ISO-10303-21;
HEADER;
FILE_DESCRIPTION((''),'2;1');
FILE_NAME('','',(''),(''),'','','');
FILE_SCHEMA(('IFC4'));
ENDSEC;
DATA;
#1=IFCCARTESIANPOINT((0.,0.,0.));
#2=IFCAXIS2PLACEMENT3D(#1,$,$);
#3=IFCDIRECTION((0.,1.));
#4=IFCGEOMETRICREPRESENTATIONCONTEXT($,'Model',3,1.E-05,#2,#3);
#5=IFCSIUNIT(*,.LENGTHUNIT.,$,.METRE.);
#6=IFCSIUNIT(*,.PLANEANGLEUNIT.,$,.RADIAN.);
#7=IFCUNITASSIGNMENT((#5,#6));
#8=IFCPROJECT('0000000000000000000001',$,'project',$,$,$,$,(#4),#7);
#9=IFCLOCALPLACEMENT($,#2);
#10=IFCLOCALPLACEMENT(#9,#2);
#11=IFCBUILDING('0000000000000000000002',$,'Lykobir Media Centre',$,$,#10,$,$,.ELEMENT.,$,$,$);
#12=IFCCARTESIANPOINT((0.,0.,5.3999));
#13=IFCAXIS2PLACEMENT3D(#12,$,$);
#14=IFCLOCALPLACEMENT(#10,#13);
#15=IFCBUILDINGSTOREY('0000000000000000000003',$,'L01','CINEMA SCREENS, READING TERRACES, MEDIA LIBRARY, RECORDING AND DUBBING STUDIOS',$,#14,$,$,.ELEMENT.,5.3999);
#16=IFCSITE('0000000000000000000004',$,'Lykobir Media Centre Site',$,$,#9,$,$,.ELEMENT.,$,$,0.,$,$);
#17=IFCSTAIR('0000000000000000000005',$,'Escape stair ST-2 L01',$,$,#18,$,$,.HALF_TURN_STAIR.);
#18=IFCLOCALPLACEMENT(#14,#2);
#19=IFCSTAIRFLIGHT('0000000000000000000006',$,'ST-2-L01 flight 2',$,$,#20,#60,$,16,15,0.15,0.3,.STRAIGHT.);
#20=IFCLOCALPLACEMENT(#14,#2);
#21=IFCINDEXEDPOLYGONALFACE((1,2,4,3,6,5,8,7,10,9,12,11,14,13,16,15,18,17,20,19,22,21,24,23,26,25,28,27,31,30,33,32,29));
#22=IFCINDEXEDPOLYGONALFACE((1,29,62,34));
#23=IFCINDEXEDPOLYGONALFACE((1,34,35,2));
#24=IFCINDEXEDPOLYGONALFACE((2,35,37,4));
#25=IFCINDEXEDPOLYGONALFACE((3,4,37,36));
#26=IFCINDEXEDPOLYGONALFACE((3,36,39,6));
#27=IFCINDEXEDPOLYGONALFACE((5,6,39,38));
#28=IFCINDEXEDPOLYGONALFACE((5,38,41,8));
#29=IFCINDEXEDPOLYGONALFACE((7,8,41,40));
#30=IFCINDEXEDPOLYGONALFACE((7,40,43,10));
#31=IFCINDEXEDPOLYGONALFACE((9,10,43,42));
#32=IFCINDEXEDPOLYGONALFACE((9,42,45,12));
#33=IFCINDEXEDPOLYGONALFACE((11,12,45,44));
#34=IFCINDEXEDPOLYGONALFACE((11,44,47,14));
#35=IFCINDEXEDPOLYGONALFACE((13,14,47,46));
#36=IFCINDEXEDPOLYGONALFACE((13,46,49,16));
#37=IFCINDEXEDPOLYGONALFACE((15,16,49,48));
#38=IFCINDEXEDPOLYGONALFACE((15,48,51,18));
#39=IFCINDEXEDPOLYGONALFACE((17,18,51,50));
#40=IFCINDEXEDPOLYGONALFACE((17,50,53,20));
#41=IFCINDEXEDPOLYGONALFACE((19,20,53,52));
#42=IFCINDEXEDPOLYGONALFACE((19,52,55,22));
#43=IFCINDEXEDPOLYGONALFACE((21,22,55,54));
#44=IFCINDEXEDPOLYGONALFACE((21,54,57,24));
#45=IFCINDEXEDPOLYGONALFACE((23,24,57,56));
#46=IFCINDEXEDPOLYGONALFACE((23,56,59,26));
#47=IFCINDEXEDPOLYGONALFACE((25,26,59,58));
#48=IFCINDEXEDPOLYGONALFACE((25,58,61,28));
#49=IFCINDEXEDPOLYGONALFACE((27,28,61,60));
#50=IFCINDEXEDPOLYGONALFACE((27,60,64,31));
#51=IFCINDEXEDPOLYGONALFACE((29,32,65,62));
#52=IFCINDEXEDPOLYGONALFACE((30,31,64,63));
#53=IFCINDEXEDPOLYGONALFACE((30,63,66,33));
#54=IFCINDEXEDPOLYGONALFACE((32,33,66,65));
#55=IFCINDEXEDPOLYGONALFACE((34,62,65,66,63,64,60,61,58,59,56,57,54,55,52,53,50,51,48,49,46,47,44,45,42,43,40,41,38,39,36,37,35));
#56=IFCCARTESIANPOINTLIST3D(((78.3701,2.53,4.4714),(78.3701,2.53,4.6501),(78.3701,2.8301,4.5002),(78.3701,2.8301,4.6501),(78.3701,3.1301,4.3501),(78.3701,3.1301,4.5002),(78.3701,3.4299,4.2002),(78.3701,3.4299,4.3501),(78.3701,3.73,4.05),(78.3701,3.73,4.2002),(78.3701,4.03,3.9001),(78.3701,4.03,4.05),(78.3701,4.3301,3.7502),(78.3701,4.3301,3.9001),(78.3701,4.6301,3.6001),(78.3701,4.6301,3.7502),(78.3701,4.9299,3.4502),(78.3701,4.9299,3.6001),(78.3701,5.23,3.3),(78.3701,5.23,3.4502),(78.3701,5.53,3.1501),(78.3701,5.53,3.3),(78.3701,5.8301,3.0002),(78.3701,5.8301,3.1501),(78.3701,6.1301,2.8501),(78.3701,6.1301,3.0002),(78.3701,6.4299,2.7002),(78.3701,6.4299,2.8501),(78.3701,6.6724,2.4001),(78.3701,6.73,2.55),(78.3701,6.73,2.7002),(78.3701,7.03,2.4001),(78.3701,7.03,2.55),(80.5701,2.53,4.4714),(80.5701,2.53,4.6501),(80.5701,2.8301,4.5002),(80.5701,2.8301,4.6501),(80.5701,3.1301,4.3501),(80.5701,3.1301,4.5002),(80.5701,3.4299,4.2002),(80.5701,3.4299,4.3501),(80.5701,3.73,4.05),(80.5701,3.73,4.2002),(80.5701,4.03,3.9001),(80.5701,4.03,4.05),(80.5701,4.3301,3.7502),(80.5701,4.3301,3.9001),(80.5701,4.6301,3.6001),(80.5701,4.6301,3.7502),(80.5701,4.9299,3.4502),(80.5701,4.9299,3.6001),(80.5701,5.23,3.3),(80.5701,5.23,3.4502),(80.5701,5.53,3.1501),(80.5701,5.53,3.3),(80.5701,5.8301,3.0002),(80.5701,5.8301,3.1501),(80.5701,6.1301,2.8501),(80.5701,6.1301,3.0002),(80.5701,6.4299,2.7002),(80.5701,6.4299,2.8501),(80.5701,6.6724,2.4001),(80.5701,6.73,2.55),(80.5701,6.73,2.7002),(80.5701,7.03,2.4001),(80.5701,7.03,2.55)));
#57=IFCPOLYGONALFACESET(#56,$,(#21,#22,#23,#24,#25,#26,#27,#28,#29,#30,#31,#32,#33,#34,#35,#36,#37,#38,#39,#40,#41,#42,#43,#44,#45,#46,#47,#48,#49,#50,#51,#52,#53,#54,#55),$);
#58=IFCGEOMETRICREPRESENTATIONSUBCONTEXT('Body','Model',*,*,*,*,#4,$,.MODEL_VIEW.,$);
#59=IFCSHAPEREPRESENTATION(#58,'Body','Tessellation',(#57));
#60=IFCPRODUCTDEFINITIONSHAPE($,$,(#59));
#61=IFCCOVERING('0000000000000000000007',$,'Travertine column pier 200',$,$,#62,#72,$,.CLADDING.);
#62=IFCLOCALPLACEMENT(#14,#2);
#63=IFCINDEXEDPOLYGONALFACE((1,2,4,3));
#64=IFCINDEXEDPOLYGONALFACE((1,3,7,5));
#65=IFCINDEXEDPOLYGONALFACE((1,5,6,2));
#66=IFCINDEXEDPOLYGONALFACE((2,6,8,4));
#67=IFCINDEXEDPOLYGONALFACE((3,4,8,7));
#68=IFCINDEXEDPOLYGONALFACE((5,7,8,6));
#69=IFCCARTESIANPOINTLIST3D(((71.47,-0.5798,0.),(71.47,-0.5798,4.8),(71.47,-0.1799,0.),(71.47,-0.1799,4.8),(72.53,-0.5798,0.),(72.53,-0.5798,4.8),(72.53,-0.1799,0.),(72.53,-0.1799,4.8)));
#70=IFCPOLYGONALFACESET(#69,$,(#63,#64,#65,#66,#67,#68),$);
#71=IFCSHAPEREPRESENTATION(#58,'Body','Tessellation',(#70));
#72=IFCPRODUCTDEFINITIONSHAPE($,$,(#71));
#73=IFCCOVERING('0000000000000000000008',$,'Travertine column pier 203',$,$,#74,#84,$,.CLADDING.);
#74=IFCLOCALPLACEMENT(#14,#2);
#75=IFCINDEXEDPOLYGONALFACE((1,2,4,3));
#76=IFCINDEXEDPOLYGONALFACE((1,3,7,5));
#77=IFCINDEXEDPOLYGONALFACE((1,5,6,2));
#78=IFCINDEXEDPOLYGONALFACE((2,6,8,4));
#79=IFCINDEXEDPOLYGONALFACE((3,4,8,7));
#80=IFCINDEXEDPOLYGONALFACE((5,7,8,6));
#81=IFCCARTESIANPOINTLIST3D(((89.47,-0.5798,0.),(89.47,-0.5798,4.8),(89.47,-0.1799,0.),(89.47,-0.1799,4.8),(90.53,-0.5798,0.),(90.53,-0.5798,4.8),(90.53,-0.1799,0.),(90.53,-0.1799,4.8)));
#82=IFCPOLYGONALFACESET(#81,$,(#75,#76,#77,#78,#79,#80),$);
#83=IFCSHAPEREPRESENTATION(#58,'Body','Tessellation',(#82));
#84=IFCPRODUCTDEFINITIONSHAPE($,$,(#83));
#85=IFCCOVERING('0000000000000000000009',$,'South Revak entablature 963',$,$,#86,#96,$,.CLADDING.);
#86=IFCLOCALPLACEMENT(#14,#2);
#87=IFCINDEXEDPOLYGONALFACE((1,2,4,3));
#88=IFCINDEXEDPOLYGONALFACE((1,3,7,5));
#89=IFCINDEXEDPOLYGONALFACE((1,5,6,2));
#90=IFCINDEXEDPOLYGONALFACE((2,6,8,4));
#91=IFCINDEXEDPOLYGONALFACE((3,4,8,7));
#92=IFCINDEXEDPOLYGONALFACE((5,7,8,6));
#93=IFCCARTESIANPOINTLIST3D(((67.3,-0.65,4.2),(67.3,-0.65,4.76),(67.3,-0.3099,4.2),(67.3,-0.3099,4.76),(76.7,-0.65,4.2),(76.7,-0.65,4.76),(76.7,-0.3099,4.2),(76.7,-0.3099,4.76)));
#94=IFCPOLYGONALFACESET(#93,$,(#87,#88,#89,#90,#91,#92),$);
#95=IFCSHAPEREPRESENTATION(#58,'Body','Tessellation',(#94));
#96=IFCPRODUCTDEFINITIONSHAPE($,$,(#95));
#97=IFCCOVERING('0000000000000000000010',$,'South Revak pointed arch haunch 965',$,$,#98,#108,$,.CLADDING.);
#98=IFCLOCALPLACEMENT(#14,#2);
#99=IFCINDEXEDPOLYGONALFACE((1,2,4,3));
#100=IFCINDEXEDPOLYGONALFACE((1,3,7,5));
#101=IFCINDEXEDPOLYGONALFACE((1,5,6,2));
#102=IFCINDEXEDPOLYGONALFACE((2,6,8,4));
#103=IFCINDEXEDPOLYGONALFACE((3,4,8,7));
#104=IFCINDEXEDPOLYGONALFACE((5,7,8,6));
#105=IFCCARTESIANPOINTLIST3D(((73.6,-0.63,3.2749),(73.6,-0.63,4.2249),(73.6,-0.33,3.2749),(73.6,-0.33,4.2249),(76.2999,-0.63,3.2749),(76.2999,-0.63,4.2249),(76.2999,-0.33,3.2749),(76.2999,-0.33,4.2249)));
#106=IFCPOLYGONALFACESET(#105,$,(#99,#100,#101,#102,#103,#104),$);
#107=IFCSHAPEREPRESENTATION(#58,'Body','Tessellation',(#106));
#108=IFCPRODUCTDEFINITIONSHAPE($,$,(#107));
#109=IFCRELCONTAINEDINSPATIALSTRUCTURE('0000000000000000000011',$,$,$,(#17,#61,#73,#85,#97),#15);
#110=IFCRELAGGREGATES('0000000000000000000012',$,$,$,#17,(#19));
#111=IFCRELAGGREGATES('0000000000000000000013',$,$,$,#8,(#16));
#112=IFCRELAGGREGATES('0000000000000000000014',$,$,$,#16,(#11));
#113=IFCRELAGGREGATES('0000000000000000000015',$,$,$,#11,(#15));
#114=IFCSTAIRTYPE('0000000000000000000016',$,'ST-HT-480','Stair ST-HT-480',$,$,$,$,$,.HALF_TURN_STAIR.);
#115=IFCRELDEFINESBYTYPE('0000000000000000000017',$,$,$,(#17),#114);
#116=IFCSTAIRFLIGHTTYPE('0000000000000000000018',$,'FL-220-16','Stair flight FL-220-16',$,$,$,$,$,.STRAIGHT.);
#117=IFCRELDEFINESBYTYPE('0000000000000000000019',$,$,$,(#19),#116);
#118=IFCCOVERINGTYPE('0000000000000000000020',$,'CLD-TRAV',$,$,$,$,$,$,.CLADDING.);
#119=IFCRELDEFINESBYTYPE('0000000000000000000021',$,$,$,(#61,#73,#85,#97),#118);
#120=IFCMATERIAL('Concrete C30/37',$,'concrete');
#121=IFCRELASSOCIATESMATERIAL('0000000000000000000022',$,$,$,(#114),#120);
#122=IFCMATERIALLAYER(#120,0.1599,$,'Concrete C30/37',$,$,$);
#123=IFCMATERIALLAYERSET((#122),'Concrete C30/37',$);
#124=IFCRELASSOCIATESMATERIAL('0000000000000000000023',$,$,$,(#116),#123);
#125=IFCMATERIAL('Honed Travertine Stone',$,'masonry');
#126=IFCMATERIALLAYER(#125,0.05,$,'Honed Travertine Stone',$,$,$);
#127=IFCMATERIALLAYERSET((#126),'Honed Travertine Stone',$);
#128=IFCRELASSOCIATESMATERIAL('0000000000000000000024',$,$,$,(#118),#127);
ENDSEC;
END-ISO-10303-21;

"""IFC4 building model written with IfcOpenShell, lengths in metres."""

from ifc_helpers import new_model, si_unit, direction, frame, origin, origin_2d, place, context, subcontext, project, spatial, polyline, rectangle, outline, extrude, material, layer, layer_set, type_object, element, aggregate, save


model = new_model("IFC4")

# Units and contexts
model_context = context("Model", 3, precision=1e-05, world=origin(), true_north=direction((0.0, 1.0)))
body_context = subcontext(model_context, "Body", "Model", "MODEL_VIEW")
ifc_project = project(units=[si_unit("LENGTHUNIT", "METRE"), si_unit("PLANEANGLEUNIT", "RADIAN")], contexts=[model_context])

# Site, building, storey
site_placement = place(None, origin())
site = spatial("IfcSite", under=ifc_project, at=site_placement, Name="Lykobir Media Centre Site", CompositionType="ELEMENT", RefElevation=0.0)
building_placement = place(site_placement, origin())
building = spatial("IfcBuilding", under=site, at=building_placement, Name="Lykobir Media Centre", CompositionType="ELEMENT")
storey_placement = place(building_placement, frame((0.0, 0.0, 5.3999)))
storey = spatial("IfcBuildingStorey", under=building, at=storey_placement, Name="L01", Description="CINEMA SCREENS, READING TERRACES, MEDIA LIBRARY, RECORDING AND DUBBING STUDIOS", CompositionType="ELEMENT", Elevation=5.3999)

# Shared definitions
ifc_material_1 = material(Name="Honed Travertine Stone", Category="masonry")

# Shared definitions
ifc_material_2 = material(Name="Concrete C30/37", Category="concrete")

# Stair, stair flight
stair_type = type_object("IfcStairType", Name="ST-HT-480", Description="Stair ST-HT-480", PredefinedType="HALF_TURN_STAIR", material=ifc_material_2)
stair_placement = place(storey_placement, origin())
stair = element("IfcStair", 1, at=stair_placement, inside=storey, type_object=stair_type, Name="Escape stair ST-2 L01", PredefinedType="HALF_TURN_STAIR")
ifc_layer_1 = layer(ifc_material_2, 0.1599, Name="Concrete C30/37")
ifc_layer_set_1 = layer_set([ifc_layer_1], Name="Concrete C30/37")
stair_flight_type = type_object("IfcStairFlightType", Name="FL-220-16", Description="Stair flight FL-220-16", PredefinedType="STRAIGHT", material=ifc_layer_set_1)
stair_flight_1_placement = place(storey_placement, frame((79.47, 7.03, 2.4001), z_axis=(0.0, 0.0, 1.0), x_axis=(0.0, -1.0, 0.0)))
stair_flight_1 = element("IfcStairFlight", 2, at=stair_flight_1_placement, type_object=stair_flight_type, Name="ST-2-L01 flight 2", NumberOfRisers=16, NumberOfTreads=15, PredefinedType="STRAIGHT", RiserHeight=0.15, TreadLength=0.3, context=body_context, shape_type="SweptSolid", body=[
    extrude(outline(polyline([(0.0, 0.0), (0.0, 0.1499), (0.3, 0.1499), (0.3, 0.3), (0.6001, 0.3), (0.6001, 0.45), (0.8999, 0.45), (0.8999, 0.6001), (1.2, 0.6001), (1.2, 0.75), (1.5, 0.75), (1.5, 0.8999), (1.8, 0.8999), (1.8, 1.05), (2.1001, 1.05), (2.1001, 1.2), (2.3999, 1.2), (2.3999, 1.3501), (2.7, 1.3501), (2.7, 1.5), (3.0, 1.5), (3.0, 1.6499), (3.3, 1.6499), (3.3, 1.8), (3.6001, 1.8), (3.6001, 1.95), (3.8999, 1.95), (3.8999, 2.1001), (4.2, 2.1001), (4.2, 2.25), (4.5, 2.25), (4.5, 2.3999), (4.5, 2.0713), (0.3577, 0.0), (0.0, 0.0)])), frame((0.0, 1.1001, 0.0), z_axis=(0.0, -1.0, 0.0), x_axis=(1.0, 0.0, 0.0)), (0.0, 0.0, 1.0), 2.2),
])
aggregate(stair, [stair_flight_1])

# Coverings
ifc_layer_2 = layer(ifc_material_1, 0.05, Name="Honed Travertine Stone")
ifc_layer_set_2 = layer_set([ifc_layer_2], Name="Honed Travertine Stone")
covering_type = type_object("IfcCoveringType", Name="CLD-TRAV", PredefinedType="CLADDING", material=ifc_layer_set_2)
for number, where, z_axis, x_axis, name in (
    (3, (72.0, -0.3799, 0.0), (0.0, 0.0, 1.0), (1.0, 0.0, 0.0), "Travertine column pier 200"),
    (4, (90.0, -0.3799, 0.0), (0.0, 0.0, 1.0), (1.0, 0.0, 0.0), "Travertine column pier 203"),
):
    element("IfcCovering", number, at=place(storey_placement, frame(where, z_axis=z_axis, x_axis=x_axis)), inside=storey, type_object=covering_type, Name=name, PredefinedType="CLADDING", context=body_context, shape_type="SweptSolid", body=[
        extrude(rectangle(XDim=1.0601, YDim=0.3999, at=origin_2d()), origin(), (0.0, 0.0, 1.0), 4.8),
    ])
covering_1_placement = place(storey_placement, frame((72.0, -0.48, 4.2), z_axis=(0.0, 0.0, 1.0), x_axis=(1.0, 0.0, 0.0)))
element("IfcCovering", 5, at=covering_1_placement, inside=storey, type_object=covering_type, Name="South Revak entablature 963", PredefinedType="CLADDING", context=body_context, shape_type="SweptSolid", body=[
    extrude(rectangle(XDim=9.3999, YDim=0.3401, at=origin_2d()), origin(), (0.0, 0.0, 1.0), 0.5601),
])
covering_2_placement = place(storey_placement, frame((74.95, -0.48, 3.2749), z_axis=(0.0, 0.0, 1.0), x_axis=(1.0, 0.0, 0.0)))
element("IfcCovering", 6, at=covering_2_placement, inside=storey, type_object=covering_type, Name="South Revak pointed arch haunch 965", PredefinedType="CLADDING", context=body_context, shape_type="SweptSolid", body=[
    extrude(rectangle(XDim=2.7, YDim=0.3, at=origin_2d()), origin(), (0.0, 0.0, 1.0), 0.95),
])

save(model, "model.ifc")
